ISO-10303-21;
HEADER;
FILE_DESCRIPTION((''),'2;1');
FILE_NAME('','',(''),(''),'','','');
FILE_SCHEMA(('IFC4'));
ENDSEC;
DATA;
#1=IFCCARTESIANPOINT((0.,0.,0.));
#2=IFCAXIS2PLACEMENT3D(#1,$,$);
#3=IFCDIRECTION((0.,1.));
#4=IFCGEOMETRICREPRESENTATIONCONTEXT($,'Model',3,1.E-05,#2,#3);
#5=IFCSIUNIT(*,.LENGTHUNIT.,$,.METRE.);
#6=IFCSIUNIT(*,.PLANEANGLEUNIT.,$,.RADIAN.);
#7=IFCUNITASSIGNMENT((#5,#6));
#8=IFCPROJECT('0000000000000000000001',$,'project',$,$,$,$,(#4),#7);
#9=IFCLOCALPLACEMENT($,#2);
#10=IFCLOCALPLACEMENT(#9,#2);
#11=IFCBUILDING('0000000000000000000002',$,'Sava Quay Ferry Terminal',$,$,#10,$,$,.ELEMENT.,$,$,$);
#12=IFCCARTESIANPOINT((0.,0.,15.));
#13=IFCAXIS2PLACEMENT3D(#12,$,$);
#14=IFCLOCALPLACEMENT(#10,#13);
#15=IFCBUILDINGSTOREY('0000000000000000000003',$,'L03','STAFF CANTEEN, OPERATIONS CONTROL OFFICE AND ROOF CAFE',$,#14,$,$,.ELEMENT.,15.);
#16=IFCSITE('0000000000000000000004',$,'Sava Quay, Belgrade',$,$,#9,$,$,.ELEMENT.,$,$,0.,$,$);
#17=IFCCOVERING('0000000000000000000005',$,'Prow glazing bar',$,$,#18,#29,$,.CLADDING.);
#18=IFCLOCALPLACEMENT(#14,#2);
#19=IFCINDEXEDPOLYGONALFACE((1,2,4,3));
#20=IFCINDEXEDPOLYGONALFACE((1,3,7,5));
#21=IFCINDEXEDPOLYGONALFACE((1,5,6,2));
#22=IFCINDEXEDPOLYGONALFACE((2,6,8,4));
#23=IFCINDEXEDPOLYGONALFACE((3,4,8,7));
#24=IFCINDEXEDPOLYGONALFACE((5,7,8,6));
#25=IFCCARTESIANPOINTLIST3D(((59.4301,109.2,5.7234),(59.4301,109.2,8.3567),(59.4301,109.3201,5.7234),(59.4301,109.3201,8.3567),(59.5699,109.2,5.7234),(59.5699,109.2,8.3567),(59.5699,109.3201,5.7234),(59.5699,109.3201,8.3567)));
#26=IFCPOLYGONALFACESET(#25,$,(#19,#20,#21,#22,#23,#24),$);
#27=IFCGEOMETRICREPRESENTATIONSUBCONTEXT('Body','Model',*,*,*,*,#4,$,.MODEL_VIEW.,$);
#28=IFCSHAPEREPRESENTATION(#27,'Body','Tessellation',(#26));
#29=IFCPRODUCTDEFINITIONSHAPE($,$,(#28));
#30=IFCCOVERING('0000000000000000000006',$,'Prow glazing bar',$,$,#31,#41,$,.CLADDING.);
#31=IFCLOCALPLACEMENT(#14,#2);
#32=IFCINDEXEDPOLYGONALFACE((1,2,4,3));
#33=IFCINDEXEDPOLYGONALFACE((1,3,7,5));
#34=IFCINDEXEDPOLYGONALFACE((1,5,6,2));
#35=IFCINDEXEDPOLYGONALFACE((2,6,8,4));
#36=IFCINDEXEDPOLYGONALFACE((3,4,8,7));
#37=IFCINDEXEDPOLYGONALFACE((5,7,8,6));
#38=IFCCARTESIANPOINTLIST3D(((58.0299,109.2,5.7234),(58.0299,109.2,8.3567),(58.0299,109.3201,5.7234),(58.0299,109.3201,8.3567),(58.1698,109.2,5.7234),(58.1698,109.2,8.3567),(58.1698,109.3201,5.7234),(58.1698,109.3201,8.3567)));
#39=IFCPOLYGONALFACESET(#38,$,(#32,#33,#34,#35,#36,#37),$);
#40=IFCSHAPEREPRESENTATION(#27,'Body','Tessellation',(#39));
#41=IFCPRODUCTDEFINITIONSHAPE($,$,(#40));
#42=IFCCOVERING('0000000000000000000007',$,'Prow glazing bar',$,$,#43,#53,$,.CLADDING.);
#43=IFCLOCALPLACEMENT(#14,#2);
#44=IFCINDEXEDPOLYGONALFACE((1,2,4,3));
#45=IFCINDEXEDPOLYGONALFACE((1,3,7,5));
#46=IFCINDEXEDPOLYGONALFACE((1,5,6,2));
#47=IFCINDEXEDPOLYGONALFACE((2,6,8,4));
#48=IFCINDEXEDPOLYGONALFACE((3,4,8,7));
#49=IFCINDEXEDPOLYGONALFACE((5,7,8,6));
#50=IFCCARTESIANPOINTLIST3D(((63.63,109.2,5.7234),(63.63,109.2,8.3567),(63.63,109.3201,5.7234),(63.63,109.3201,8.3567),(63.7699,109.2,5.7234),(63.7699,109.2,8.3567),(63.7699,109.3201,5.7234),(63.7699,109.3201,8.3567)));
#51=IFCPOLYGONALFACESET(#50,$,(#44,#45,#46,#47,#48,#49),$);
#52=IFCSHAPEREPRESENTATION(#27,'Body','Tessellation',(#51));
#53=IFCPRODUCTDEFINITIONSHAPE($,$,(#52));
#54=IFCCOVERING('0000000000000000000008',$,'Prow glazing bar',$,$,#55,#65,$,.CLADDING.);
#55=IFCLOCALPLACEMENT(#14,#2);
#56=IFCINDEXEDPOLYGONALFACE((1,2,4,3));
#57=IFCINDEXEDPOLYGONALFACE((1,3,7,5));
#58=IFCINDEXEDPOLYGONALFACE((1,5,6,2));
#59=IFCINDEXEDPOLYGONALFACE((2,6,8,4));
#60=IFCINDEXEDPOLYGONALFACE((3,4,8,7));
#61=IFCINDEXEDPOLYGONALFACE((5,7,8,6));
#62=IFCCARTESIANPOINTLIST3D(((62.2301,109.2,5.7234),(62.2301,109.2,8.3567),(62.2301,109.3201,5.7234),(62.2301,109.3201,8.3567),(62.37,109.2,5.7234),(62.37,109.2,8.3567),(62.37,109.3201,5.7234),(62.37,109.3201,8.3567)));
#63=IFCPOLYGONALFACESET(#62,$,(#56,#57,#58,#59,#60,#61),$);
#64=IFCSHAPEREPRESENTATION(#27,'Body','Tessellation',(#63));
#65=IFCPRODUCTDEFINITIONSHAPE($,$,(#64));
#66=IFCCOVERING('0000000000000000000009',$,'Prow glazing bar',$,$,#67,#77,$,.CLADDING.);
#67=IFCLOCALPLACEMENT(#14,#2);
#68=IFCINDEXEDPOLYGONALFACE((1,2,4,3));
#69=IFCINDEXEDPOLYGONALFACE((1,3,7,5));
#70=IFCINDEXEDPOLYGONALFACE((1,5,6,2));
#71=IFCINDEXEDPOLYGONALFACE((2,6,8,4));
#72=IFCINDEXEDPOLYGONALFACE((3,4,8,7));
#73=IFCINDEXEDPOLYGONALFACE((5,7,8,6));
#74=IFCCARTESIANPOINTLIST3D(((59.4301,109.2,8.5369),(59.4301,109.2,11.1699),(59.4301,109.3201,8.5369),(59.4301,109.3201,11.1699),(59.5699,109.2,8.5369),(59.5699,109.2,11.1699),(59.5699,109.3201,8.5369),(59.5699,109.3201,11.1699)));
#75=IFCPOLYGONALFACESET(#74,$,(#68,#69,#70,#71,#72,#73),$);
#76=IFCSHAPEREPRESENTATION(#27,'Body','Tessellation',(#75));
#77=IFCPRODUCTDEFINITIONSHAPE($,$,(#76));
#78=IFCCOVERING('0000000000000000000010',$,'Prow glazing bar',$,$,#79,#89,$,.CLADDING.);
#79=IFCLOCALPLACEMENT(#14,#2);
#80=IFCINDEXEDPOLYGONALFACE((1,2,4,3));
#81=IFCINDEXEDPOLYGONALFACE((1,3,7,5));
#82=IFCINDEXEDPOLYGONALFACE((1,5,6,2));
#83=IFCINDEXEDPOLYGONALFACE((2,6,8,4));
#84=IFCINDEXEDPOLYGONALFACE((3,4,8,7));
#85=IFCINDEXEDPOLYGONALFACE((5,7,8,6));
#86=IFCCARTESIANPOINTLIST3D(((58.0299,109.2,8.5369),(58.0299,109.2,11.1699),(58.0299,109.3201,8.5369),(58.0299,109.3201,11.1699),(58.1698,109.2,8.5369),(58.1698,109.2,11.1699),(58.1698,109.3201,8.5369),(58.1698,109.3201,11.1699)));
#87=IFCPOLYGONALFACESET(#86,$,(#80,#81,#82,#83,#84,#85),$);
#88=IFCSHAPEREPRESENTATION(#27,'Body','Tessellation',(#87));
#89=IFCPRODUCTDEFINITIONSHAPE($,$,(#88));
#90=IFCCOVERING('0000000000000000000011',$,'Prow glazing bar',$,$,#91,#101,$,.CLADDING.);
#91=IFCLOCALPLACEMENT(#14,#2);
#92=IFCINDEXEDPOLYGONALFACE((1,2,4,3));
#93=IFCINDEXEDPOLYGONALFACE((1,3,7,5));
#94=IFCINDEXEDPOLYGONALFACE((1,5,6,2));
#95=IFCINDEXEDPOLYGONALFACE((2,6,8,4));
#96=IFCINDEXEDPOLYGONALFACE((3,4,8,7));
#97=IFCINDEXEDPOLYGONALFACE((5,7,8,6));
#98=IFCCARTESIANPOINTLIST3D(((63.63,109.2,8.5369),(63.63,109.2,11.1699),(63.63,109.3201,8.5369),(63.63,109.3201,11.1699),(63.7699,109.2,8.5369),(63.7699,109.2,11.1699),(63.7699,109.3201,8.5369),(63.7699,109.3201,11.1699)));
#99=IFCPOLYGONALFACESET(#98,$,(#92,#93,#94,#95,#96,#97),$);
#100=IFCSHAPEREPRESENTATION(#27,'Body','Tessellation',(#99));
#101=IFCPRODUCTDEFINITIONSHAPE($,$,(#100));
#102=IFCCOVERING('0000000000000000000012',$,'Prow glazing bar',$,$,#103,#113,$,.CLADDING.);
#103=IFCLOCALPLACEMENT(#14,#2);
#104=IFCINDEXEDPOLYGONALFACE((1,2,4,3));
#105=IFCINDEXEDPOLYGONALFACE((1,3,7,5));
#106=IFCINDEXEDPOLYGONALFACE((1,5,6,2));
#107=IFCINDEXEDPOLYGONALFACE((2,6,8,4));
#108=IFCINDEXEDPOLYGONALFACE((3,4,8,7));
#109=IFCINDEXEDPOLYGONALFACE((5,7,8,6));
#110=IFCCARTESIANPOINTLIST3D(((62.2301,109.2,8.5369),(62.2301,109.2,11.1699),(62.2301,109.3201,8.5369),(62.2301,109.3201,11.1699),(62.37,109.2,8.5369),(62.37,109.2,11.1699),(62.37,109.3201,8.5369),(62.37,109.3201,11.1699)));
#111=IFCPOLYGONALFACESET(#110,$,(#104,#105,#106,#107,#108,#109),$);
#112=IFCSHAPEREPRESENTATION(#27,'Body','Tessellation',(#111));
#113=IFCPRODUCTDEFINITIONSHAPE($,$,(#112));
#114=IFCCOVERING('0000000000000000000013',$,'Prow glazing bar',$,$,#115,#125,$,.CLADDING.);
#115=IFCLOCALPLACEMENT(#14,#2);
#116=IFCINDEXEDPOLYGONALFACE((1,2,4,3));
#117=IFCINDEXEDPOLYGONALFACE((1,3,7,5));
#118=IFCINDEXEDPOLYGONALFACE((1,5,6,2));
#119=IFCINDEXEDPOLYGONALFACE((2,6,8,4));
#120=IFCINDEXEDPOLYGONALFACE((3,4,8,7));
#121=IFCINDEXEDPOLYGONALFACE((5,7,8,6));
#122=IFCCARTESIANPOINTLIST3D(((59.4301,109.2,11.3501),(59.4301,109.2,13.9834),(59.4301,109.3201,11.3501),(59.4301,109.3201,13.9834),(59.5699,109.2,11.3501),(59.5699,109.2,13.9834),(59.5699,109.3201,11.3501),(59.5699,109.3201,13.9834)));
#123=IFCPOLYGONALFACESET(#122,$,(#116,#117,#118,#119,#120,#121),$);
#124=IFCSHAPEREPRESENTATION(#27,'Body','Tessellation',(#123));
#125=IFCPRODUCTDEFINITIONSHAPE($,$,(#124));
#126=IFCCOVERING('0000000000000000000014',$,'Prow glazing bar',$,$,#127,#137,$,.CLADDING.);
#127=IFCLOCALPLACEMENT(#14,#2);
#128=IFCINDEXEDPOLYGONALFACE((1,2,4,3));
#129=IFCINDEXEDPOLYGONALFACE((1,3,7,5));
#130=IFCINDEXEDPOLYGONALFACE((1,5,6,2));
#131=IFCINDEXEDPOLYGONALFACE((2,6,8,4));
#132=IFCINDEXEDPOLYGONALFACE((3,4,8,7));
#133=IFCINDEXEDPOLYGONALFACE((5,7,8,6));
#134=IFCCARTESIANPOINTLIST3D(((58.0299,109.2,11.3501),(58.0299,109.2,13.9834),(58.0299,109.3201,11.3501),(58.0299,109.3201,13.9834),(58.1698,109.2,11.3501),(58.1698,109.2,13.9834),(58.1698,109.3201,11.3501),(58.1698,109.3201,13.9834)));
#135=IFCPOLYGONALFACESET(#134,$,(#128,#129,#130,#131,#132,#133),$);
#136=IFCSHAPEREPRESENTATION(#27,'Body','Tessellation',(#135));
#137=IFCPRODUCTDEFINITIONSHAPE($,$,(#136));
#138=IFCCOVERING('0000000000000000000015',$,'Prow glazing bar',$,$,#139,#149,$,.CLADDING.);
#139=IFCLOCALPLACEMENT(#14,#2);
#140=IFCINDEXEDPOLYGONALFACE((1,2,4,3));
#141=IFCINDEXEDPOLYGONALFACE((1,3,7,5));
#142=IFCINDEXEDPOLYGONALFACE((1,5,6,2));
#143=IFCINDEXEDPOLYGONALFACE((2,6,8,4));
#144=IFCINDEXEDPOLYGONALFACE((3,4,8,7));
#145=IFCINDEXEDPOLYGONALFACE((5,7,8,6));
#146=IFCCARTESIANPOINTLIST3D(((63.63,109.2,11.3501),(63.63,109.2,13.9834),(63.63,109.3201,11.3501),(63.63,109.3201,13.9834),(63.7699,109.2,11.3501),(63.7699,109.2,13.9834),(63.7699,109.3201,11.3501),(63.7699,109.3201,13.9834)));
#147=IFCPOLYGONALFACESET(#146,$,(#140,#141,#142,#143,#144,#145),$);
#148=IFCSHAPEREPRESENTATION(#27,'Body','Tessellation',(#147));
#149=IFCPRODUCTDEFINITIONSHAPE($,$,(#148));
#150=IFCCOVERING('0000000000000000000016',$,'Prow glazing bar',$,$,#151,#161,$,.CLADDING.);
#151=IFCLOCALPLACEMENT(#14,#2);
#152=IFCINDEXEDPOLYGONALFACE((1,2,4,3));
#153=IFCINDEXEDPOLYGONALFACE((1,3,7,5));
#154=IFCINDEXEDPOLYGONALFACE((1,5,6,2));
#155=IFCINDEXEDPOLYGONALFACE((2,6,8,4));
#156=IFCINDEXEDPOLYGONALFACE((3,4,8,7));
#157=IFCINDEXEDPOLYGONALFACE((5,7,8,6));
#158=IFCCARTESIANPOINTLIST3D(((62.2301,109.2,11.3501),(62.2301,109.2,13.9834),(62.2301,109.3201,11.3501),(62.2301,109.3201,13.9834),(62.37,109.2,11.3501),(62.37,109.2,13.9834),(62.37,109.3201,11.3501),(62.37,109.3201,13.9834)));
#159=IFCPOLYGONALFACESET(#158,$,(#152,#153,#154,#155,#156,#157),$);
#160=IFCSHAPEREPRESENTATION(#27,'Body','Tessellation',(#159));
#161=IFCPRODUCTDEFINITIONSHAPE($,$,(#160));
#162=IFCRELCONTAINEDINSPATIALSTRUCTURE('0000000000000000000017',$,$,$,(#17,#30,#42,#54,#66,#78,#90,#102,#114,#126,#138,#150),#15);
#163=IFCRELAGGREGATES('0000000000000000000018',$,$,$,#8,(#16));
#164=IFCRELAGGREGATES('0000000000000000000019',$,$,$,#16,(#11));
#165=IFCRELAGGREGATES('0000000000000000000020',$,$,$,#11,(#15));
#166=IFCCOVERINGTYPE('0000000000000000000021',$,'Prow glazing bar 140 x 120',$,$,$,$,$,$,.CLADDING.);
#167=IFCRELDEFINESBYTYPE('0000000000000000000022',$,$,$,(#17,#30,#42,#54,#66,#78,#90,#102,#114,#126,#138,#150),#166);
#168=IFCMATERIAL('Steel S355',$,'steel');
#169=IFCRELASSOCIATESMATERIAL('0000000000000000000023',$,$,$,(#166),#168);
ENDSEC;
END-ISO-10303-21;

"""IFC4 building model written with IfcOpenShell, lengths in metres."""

from ifc_helpers import new_model, si_unit, direction, frame, origin, origin_2d, place, context, subcontext, project, spatial, rectangle, extrude, material, material_profile, profile_set, type_object, element, save


model = new_model("IFC4")

# Units and contexts
model_context = context("Model", 3, precision=1e-05, world=origin(), true_north=direction((0.0, 1.0)))
body_context = subcontext(model_context, "Body", "Model", "MODEL_VIEW")
ifc_project = project(units=[si_unit("LENGTHUNIT", "METRE"), si_unit("PLANEANGLEUNIT", "RADIAN")], contexts=[model_context])

# Site, building, storey
site_placement = place(None, origin())
site = spatial("IfcSite", under=ifc_project, at=site_placement, Name="Sava Quay, Belgrade", CompositionType="ELEMENT", RefElevation=0.0)
building_placement = place(site_placement, origin())
building = spatial("IfcBuilding", under=site, at=building_placement, Name="Sava Quay Ferry Terminal", CompositionType="ELEMENT")
storey_placement = place(building_placement, frame((0.0, 0.0, 15.0)))
storey = spatial("IfcBuildingStorey", under=building, at=storey_placement, Name="L03", Description="STAFF CANTEEN, OPERATIONS CONTROL OFFICE AND ROOF CAFE", CompositionType="ELEMENT", Elevation=15.0)

# Coverings
ifc_material_1 = material(Name="Steel S355", Category="steel")
ifc_material_profile_1 = material_profile(ifc_material_1, rectangle(XDim=0.1399, YDim=0.1201, at=origin_2d()), Name="Strip 140 x 120")
ifc_profile_set_1 = profile_set([ifc_material_profile_1], Name="Steel S355")
covering_type_1 = type_object("IfcCoveringType", Name="Prow glazing bar 140 x 120", PredefinedType="CLADDING", material=ifc_profile_set_1)
for number, where, z_axis, x_axis, name in (
    (1, (59.5, 109.26, 5.7234), (0.0, 0.0, 1.0), (1.0, 0.0, 0.0), "Prow glazing bar"),
    (2, (58.0999, 109.26, 5.7234), (0.0, 0.0, 1.0), (1.0, 0.0, 0.0), "Prow glazing bar"),
    (3, (63.7, 109.26, 5.7234), (0.0, 0.0, 1.0), (1.0, 0.0, 0.0), "Prow glazing bar"),
    (4, (62.3, 109.26, 5.7234), (0.0, 0.0, 1.0), (1.0, 0.0, 0.0), "Prow glazing bar"),
):
    element("IfcCovering", number, at=place(storey_placement, frame(where, z_axis=z_axis, x_axis=x_axis)), inside=storey, type_object=covering_type_1, Name=name, PredefinedType="CLADDING", context=body_context, shape_type="SweptSolid", body=[
        extrude(rectangle(XDim=0.1399, YDim=0.1201, at=origin_2d()), origin(), (0.0, 0.0, 1.0), 2.6333),
    ])
for number, where, z_axis, x_axis, name in (
    (5, (59.5, 109.26, 8.5369), (0.0, 0.0, 1.0), (1.0, 0.0, 0.0), "Prow glazing bar"),
    (6, (58.0999, 109.26, 8.5369), (0.0, 0.0, 1.0), (1.0, 0.0, 0.0), "Prow glazing bar"),
    (7, (63.7, 109.26, 8.5369), (0.0, 0.0, 1.0), (1.0, 0.0, 0.0), "Prow glazing bar"),
    (8, (62.3, 109.26, 8.5369), (0.0, 0.0, 1.0), (1.0, 0.0, 0.0), "Prow glazing bar"),
):
    element("IfcCovering", number, at=place(storey_placement, frame(where, z_axis=z_axis, x_axis=x_axis)), inside=storey, type_object=covering_type_1, Name=name, PredefinedType="CLADDING", context=body_context, shape_type="SweptSolid", body=[
        extrude(rectangle(XDim=0.1399, YDim=0.1201, at=origin_2d()), origin(), (0.0, 0.0, 1.0), 2.6331),
    ])
for number, where, z_axis, x_axis, name in (
    (9, (59.5, 109.26, 11.3501), (0.0, 0.0, 1.0), (1.0, 0.0, 0.0), "Prow glazing bar"),
    (10, (58.0999, 109.26, 11.3501), (0.0, 0.0, 1.0), (1.0, 0.0, 0.0), "Prow glazing bar"),
    (11, (63.7, 109.26, 11.3501), (0.0, 0.0, 1.0), (1.0, 0.0, 0.0), "Prow glazing bar"),
    (12, (62.3, 109.26, 11.3501), (0.0, 0.0, 1.0), (1.0, 0.0, 0.0), "Prow glazing bar"),
):
    element("IfcCovering", number, at=place(storey_placement, frame(where, z_axis=z_axis, x_axis=x_axis)), inside=storey, type_object=covering_type_1, Name=name, PredefinedType="CLADDING", context=body_context, shape_type="SweptSolid", body=[
        extrude(rectangle(XDim=0.1399, YDim=0.1201, at=origin_2d()), origin(), (0.0, 0.0, 1.0), 2.6333),
    ])

save(model, "model.ifc")
